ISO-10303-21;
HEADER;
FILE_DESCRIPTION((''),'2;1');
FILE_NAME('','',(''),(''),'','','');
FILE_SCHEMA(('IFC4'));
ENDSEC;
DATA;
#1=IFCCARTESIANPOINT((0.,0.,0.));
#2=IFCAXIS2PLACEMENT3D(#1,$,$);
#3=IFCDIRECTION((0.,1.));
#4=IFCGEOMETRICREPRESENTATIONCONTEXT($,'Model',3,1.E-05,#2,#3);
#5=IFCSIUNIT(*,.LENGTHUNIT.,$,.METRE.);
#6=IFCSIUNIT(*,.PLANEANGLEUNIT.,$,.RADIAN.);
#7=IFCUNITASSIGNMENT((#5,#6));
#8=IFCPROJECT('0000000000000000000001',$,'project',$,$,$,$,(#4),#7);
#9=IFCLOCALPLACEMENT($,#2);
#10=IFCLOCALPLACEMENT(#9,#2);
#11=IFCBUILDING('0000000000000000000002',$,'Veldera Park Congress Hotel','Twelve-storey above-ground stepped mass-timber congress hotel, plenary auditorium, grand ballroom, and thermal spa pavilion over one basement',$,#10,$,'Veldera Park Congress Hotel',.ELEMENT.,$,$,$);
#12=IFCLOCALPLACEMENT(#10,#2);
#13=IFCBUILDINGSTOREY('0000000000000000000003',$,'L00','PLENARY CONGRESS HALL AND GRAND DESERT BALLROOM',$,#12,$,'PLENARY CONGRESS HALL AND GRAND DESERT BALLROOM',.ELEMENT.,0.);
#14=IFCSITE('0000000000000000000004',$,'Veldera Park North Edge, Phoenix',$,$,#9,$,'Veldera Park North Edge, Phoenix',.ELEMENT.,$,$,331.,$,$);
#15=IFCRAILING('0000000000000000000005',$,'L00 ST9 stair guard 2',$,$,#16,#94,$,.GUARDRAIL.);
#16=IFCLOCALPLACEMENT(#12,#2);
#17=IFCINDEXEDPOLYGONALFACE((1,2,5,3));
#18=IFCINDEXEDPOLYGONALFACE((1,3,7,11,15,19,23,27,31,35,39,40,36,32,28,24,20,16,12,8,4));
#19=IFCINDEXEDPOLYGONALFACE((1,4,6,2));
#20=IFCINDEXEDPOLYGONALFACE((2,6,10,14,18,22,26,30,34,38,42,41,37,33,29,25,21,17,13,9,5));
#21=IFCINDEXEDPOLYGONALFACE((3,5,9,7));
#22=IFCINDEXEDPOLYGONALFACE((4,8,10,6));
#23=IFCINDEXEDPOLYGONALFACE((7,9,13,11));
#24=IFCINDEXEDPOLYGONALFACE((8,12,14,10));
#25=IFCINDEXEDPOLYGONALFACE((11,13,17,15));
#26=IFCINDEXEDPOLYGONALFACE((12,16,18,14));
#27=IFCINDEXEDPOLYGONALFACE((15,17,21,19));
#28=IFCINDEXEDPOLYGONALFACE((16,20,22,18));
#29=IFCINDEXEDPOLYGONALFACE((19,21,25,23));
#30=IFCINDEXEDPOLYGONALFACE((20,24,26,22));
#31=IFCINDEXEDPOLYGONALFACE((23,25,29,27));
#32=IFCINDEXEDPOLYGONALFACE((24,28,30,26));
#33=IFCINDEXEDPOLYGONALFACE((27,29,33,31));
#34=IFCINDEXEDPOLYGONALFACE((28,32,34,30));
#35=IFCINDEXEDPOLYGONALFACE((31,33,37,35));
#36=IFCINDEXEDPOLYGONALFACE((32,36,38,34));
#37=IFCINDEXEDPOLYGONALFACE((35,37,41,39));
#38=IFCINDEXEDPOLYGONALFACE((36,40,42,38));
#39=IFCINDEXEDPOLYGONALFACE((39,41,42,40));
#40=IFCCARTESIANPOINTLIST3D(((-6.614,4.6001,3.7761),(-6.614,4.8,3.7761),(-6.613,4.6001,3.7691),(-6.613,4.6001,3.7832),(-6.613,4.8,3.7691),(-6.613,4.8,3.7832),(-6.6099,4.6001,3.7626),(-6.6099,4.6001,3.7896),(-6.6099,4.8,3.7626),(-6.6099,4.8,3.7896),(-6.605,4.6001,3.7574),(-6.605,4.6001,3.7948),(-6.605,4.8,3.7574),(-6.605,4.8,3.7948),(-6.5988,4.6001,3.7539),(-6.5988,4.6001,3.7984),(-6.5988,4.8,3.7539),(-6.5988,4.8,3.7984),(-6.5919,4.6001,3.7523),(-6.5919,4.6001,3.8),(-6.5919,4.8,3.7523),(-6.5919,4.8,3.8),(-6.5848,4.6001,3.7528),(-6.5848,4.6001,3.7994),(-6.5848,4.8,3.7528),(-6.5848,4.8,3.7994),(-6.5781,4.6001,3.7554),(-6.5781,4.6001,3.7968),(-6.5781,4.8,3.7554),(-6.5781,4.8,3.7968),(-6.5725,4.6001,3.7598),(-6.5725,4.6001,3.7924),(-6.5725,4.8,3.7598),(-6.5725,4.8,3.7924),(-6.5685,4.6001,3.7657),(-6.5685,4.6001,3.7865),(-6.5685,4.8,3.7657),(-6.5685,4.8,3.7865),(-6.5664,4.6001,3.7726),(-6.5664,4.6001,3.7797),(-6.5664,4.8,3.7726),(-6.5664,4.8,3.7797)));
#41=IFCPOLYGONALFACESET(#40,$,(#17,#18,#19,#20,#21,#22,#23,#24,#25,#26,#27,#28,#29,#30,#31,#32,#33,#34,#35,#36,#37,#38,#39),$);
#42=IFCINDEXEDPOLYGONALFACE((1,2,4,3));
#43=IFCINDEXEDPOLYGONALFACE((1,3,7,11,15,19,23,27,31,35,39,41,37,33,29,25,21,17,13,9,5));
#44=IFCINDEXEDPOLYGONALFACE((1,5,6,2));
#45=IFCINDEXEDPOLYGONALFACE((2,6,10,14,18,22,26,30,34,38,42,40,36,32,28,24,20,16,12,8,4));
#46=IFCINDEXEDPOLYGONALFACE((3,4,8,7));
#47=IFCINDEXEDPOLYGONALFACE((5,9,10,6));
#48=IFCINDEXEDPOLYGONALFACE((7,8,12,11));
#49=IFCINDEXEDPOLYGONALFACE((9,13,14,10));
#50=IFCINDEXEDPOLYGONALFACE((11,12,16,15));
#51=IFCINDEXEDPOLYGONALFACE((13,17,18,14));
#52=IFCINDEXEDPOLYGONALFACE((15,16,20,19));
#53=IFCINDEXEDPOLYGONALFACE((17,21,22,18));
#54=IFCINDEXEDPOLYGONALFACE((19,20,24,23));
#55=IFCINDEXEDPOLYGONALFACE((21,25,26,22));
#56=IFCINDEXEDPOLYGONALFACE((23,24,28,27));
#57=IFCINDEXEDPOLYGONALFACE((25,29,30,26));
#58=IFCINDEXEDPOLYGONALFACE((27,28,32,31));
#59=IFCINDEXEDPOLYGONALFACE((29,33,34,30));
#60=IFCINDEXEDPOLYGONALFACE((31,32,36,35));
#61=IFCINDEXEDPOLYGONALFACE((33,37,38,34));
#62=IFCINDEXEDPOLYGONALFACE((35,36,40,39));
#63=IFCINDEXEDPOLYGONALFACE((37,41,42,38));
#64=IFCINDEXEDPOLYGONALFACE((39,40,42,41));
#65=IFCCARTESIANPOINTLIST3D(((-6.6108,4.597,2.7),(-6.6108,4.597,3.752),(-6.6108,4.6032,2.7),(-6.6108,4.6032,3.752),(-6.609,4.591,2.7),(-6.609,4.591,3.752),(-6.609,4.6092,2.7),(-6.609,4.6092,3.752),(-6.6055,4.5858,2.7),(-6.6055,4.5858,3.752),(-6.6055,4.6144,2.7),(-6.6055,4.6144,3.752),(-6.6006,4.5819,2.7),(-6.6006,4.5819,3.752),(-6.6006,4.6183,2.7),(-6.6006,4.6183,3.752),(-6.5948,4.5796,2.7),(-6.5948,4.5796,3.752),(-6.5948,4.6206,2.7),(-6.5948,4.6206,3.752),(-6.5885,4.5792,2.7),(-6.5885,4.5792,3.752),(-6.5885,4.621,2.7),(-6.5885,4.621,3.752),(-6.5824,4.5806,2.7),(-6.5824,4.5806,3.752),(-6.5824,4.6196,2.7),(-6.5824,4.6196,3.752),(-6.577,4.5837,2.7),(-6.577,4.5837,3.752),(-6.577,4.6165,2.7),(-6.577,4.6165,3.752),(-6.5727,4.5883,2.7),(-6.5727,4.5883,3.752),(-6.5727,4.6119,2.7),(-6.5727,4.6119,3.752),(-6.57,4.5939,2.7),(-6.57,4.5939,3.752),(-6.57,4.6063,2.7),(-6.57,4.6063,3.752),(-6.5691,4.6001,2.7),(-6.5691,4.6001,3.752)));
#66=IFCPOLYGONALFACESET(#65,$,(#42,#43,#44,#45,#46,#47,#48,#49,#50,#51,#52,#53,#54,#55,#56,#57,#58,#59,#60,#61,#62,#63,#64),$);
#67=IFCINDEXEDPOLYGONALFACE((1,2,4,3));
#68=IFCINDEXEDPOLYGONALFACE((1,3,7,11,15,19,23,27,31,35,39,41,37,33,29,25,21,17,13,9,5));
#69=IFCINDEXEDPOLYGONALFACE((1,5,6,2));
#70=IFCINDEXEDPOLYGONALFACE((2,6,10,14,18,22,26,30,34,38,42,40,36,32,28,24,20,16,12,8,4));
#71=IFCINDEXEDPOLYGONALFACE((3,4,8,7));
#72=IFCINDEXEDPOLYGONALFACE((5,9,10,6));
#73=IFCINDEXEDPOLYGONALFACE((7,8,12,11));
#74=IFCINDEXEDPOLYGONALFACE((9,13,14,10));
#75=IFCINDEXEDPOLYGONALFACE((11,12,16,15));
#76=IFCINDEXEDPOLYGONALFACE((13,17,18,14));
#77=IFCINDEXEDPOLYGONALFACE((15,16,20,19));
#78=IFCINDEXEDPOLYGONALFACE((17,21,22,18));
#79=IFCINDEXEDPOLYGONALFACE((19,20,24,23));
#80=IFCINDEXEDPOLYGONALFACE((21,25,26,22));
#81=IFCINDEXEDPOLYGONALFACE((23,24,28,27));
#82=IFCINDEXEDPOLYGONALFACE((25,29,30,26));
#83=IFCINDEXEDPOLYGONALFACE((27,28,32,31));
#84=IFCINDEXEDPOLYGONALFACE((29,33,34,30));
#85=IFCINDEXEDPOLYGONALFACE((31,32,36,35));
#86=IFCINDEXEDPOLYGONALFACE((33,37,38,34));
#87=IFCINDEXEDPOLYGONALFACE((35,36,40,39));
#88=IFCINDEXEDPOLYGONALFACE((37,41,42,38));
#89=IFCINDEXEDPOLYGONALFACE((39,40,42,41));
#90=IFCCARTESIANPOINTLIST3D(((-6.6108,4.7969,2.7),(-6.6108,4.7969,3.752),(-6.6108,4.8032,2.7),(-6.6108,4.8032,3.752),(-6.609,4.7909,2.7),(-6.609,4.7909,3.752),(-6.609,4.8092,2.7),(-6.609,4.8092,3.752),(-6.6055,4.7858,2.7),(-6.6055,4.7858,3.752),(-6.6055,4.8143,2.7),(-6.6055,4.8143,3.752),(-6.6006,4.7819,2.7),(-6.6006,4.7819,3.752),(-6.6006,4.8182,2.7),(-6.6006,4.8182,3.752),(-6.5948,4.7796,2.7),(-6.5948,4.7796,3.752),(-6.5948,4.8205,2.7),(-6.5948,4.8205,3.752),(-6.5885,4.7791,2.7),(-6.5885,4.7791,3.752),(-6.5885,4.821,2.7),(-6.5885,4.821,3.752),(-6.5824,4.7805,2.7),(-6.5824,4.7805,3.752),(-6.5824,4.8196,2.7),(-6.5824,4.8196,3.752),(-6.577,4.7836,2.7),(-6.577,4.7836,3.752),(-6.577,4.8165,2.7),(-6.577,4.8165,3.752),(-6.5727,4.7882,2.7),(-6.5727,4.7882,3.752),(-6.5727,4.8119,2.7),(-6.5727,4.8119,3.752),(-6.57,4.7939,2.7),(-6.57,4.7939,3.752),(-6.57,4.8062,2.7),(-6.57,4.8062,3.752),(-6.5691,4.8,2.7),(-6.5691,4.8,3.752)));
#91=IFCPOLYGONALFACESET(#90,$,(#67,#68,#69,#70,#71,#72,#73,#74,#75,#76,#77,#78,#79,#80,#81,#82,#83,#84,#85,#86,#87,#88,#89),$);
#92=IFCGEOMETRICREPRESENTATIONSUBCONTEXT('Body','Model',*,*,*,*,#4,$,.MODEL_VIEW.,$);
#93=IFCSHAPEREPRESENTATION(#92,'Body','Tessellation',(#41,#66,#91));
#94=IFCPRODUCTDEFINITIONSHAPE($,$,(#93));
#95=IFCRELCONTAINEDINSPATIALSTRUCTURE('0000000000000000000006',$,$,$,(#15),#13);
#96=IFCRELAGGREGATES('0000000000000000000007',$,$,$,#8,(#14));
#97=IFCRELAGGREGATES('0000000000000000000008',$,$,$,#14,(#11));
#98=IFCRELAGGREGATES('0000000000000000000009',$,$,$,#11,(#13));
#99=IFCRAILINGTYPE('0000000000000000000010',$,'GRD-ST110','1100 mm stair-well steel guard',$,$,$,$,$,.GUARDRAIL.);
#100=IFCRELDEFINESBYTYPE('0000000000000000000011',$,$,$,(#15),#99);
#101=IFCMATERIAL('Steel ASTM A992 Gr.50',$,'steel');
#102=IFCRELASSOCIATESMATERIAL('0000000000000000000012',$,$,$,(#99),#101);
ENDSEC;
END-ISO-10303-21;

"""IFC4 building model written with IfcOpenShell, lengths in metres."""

from ifc_helpers import new_model, si_unit, direction, frame, origin, origin_2d, place, context, subcontext, project, spatial, circle, extrude, material, type_object, element, save


model = new_model("IFC4")

# Units and contexts
model_context = context("Model", 3, precision=1e-05, world=origin(), true_north=direction((0.0, 1.0)))
body_context = subcontext(model_context, "Body", "Model", "MODEL_VIEW")
ifc_project = project(units=[si_unit("LENGTHUNIT", "METRE"), si_unit("PLANEANGLEUNIT", "RADIAN")], contexts=[model_context])

# Site, building, storey
site_placement = place(None, origin())
site = spatial("IfcSite", under=ifc_project, at=site_placement, Name="Veldera Park North Edge, Phoenix", LongName="Veldera Park North Edge, Phoenix", CompositionType="ELEMENT", RefElevation=331.0)
building_placement = place(site_placement, origin())
building = spatial("IfcBuilding", under=site, at=building_placement, Name="Veldera Park Congress Hotel", Description="Twelve-storey above-ground stepped mass-timber congress hotel, plenary auditorium, grand ballroom, and thermal spa pavilion over one basement", LongName="Veldera Park Congress Hotel", CompositionType="ELEMENT")
storey_placement = place(building_placement, origin())
storey = spatial("IfcBuildingStorey", under=building, at=storey_placement, Name="L00", Description="PLENARY CONGRESS HALL AND GRAND DESERT BALLROOM", LongName="PLENARY CONGRESS HALL AND GRAND DESERT BALLROOM", CompositionType="ELEMENT", Elevation=0.0)

# Shared definitions
ifc_material_1 = material(Name="Steel ASTM A992 Gr.50", Category="steel")

# Railing
railing_type_1 = type_object("IfcRailingType", Name="GRD-ST110", Description="1100 mm stair-well steel guard", PredefinedType="GUARDRAIL", material=ifc_material_1)
railing_1_placement = place(storey_placement, frame((-6.5901, 4.6001, 2.7)))
element("IfcRailing", 1, at=railing_1_placement, inside=storey, type_object=railing_type_1, Name="L00 ST9 stair guard 2", PredefinedType="GUARDRAIL", context=body_context, shape_type="SweptSolid", body=[
    extrude(circle(Radius=0.0239, at=origin_2d()), frame((0.0, 0.0, 1.0762), z_axis=(0.0, 1.0, 0.0), x_axis=(-1.0, 0.0, 0.0)), (0.0, 0.0, 1.0), 0.2),
    extrude(circle(Radius=0.021, at=origin_2d()), origin(), (0.0, 0.0, 1.0), 1.052),
    extrude(circle(Radius=0.021, at=origin_2d()), frame((0.0, 0.2, 0.0)), (0.0, 0.0, 1.0), 1.052),
])

save(model, "model.ifc")
